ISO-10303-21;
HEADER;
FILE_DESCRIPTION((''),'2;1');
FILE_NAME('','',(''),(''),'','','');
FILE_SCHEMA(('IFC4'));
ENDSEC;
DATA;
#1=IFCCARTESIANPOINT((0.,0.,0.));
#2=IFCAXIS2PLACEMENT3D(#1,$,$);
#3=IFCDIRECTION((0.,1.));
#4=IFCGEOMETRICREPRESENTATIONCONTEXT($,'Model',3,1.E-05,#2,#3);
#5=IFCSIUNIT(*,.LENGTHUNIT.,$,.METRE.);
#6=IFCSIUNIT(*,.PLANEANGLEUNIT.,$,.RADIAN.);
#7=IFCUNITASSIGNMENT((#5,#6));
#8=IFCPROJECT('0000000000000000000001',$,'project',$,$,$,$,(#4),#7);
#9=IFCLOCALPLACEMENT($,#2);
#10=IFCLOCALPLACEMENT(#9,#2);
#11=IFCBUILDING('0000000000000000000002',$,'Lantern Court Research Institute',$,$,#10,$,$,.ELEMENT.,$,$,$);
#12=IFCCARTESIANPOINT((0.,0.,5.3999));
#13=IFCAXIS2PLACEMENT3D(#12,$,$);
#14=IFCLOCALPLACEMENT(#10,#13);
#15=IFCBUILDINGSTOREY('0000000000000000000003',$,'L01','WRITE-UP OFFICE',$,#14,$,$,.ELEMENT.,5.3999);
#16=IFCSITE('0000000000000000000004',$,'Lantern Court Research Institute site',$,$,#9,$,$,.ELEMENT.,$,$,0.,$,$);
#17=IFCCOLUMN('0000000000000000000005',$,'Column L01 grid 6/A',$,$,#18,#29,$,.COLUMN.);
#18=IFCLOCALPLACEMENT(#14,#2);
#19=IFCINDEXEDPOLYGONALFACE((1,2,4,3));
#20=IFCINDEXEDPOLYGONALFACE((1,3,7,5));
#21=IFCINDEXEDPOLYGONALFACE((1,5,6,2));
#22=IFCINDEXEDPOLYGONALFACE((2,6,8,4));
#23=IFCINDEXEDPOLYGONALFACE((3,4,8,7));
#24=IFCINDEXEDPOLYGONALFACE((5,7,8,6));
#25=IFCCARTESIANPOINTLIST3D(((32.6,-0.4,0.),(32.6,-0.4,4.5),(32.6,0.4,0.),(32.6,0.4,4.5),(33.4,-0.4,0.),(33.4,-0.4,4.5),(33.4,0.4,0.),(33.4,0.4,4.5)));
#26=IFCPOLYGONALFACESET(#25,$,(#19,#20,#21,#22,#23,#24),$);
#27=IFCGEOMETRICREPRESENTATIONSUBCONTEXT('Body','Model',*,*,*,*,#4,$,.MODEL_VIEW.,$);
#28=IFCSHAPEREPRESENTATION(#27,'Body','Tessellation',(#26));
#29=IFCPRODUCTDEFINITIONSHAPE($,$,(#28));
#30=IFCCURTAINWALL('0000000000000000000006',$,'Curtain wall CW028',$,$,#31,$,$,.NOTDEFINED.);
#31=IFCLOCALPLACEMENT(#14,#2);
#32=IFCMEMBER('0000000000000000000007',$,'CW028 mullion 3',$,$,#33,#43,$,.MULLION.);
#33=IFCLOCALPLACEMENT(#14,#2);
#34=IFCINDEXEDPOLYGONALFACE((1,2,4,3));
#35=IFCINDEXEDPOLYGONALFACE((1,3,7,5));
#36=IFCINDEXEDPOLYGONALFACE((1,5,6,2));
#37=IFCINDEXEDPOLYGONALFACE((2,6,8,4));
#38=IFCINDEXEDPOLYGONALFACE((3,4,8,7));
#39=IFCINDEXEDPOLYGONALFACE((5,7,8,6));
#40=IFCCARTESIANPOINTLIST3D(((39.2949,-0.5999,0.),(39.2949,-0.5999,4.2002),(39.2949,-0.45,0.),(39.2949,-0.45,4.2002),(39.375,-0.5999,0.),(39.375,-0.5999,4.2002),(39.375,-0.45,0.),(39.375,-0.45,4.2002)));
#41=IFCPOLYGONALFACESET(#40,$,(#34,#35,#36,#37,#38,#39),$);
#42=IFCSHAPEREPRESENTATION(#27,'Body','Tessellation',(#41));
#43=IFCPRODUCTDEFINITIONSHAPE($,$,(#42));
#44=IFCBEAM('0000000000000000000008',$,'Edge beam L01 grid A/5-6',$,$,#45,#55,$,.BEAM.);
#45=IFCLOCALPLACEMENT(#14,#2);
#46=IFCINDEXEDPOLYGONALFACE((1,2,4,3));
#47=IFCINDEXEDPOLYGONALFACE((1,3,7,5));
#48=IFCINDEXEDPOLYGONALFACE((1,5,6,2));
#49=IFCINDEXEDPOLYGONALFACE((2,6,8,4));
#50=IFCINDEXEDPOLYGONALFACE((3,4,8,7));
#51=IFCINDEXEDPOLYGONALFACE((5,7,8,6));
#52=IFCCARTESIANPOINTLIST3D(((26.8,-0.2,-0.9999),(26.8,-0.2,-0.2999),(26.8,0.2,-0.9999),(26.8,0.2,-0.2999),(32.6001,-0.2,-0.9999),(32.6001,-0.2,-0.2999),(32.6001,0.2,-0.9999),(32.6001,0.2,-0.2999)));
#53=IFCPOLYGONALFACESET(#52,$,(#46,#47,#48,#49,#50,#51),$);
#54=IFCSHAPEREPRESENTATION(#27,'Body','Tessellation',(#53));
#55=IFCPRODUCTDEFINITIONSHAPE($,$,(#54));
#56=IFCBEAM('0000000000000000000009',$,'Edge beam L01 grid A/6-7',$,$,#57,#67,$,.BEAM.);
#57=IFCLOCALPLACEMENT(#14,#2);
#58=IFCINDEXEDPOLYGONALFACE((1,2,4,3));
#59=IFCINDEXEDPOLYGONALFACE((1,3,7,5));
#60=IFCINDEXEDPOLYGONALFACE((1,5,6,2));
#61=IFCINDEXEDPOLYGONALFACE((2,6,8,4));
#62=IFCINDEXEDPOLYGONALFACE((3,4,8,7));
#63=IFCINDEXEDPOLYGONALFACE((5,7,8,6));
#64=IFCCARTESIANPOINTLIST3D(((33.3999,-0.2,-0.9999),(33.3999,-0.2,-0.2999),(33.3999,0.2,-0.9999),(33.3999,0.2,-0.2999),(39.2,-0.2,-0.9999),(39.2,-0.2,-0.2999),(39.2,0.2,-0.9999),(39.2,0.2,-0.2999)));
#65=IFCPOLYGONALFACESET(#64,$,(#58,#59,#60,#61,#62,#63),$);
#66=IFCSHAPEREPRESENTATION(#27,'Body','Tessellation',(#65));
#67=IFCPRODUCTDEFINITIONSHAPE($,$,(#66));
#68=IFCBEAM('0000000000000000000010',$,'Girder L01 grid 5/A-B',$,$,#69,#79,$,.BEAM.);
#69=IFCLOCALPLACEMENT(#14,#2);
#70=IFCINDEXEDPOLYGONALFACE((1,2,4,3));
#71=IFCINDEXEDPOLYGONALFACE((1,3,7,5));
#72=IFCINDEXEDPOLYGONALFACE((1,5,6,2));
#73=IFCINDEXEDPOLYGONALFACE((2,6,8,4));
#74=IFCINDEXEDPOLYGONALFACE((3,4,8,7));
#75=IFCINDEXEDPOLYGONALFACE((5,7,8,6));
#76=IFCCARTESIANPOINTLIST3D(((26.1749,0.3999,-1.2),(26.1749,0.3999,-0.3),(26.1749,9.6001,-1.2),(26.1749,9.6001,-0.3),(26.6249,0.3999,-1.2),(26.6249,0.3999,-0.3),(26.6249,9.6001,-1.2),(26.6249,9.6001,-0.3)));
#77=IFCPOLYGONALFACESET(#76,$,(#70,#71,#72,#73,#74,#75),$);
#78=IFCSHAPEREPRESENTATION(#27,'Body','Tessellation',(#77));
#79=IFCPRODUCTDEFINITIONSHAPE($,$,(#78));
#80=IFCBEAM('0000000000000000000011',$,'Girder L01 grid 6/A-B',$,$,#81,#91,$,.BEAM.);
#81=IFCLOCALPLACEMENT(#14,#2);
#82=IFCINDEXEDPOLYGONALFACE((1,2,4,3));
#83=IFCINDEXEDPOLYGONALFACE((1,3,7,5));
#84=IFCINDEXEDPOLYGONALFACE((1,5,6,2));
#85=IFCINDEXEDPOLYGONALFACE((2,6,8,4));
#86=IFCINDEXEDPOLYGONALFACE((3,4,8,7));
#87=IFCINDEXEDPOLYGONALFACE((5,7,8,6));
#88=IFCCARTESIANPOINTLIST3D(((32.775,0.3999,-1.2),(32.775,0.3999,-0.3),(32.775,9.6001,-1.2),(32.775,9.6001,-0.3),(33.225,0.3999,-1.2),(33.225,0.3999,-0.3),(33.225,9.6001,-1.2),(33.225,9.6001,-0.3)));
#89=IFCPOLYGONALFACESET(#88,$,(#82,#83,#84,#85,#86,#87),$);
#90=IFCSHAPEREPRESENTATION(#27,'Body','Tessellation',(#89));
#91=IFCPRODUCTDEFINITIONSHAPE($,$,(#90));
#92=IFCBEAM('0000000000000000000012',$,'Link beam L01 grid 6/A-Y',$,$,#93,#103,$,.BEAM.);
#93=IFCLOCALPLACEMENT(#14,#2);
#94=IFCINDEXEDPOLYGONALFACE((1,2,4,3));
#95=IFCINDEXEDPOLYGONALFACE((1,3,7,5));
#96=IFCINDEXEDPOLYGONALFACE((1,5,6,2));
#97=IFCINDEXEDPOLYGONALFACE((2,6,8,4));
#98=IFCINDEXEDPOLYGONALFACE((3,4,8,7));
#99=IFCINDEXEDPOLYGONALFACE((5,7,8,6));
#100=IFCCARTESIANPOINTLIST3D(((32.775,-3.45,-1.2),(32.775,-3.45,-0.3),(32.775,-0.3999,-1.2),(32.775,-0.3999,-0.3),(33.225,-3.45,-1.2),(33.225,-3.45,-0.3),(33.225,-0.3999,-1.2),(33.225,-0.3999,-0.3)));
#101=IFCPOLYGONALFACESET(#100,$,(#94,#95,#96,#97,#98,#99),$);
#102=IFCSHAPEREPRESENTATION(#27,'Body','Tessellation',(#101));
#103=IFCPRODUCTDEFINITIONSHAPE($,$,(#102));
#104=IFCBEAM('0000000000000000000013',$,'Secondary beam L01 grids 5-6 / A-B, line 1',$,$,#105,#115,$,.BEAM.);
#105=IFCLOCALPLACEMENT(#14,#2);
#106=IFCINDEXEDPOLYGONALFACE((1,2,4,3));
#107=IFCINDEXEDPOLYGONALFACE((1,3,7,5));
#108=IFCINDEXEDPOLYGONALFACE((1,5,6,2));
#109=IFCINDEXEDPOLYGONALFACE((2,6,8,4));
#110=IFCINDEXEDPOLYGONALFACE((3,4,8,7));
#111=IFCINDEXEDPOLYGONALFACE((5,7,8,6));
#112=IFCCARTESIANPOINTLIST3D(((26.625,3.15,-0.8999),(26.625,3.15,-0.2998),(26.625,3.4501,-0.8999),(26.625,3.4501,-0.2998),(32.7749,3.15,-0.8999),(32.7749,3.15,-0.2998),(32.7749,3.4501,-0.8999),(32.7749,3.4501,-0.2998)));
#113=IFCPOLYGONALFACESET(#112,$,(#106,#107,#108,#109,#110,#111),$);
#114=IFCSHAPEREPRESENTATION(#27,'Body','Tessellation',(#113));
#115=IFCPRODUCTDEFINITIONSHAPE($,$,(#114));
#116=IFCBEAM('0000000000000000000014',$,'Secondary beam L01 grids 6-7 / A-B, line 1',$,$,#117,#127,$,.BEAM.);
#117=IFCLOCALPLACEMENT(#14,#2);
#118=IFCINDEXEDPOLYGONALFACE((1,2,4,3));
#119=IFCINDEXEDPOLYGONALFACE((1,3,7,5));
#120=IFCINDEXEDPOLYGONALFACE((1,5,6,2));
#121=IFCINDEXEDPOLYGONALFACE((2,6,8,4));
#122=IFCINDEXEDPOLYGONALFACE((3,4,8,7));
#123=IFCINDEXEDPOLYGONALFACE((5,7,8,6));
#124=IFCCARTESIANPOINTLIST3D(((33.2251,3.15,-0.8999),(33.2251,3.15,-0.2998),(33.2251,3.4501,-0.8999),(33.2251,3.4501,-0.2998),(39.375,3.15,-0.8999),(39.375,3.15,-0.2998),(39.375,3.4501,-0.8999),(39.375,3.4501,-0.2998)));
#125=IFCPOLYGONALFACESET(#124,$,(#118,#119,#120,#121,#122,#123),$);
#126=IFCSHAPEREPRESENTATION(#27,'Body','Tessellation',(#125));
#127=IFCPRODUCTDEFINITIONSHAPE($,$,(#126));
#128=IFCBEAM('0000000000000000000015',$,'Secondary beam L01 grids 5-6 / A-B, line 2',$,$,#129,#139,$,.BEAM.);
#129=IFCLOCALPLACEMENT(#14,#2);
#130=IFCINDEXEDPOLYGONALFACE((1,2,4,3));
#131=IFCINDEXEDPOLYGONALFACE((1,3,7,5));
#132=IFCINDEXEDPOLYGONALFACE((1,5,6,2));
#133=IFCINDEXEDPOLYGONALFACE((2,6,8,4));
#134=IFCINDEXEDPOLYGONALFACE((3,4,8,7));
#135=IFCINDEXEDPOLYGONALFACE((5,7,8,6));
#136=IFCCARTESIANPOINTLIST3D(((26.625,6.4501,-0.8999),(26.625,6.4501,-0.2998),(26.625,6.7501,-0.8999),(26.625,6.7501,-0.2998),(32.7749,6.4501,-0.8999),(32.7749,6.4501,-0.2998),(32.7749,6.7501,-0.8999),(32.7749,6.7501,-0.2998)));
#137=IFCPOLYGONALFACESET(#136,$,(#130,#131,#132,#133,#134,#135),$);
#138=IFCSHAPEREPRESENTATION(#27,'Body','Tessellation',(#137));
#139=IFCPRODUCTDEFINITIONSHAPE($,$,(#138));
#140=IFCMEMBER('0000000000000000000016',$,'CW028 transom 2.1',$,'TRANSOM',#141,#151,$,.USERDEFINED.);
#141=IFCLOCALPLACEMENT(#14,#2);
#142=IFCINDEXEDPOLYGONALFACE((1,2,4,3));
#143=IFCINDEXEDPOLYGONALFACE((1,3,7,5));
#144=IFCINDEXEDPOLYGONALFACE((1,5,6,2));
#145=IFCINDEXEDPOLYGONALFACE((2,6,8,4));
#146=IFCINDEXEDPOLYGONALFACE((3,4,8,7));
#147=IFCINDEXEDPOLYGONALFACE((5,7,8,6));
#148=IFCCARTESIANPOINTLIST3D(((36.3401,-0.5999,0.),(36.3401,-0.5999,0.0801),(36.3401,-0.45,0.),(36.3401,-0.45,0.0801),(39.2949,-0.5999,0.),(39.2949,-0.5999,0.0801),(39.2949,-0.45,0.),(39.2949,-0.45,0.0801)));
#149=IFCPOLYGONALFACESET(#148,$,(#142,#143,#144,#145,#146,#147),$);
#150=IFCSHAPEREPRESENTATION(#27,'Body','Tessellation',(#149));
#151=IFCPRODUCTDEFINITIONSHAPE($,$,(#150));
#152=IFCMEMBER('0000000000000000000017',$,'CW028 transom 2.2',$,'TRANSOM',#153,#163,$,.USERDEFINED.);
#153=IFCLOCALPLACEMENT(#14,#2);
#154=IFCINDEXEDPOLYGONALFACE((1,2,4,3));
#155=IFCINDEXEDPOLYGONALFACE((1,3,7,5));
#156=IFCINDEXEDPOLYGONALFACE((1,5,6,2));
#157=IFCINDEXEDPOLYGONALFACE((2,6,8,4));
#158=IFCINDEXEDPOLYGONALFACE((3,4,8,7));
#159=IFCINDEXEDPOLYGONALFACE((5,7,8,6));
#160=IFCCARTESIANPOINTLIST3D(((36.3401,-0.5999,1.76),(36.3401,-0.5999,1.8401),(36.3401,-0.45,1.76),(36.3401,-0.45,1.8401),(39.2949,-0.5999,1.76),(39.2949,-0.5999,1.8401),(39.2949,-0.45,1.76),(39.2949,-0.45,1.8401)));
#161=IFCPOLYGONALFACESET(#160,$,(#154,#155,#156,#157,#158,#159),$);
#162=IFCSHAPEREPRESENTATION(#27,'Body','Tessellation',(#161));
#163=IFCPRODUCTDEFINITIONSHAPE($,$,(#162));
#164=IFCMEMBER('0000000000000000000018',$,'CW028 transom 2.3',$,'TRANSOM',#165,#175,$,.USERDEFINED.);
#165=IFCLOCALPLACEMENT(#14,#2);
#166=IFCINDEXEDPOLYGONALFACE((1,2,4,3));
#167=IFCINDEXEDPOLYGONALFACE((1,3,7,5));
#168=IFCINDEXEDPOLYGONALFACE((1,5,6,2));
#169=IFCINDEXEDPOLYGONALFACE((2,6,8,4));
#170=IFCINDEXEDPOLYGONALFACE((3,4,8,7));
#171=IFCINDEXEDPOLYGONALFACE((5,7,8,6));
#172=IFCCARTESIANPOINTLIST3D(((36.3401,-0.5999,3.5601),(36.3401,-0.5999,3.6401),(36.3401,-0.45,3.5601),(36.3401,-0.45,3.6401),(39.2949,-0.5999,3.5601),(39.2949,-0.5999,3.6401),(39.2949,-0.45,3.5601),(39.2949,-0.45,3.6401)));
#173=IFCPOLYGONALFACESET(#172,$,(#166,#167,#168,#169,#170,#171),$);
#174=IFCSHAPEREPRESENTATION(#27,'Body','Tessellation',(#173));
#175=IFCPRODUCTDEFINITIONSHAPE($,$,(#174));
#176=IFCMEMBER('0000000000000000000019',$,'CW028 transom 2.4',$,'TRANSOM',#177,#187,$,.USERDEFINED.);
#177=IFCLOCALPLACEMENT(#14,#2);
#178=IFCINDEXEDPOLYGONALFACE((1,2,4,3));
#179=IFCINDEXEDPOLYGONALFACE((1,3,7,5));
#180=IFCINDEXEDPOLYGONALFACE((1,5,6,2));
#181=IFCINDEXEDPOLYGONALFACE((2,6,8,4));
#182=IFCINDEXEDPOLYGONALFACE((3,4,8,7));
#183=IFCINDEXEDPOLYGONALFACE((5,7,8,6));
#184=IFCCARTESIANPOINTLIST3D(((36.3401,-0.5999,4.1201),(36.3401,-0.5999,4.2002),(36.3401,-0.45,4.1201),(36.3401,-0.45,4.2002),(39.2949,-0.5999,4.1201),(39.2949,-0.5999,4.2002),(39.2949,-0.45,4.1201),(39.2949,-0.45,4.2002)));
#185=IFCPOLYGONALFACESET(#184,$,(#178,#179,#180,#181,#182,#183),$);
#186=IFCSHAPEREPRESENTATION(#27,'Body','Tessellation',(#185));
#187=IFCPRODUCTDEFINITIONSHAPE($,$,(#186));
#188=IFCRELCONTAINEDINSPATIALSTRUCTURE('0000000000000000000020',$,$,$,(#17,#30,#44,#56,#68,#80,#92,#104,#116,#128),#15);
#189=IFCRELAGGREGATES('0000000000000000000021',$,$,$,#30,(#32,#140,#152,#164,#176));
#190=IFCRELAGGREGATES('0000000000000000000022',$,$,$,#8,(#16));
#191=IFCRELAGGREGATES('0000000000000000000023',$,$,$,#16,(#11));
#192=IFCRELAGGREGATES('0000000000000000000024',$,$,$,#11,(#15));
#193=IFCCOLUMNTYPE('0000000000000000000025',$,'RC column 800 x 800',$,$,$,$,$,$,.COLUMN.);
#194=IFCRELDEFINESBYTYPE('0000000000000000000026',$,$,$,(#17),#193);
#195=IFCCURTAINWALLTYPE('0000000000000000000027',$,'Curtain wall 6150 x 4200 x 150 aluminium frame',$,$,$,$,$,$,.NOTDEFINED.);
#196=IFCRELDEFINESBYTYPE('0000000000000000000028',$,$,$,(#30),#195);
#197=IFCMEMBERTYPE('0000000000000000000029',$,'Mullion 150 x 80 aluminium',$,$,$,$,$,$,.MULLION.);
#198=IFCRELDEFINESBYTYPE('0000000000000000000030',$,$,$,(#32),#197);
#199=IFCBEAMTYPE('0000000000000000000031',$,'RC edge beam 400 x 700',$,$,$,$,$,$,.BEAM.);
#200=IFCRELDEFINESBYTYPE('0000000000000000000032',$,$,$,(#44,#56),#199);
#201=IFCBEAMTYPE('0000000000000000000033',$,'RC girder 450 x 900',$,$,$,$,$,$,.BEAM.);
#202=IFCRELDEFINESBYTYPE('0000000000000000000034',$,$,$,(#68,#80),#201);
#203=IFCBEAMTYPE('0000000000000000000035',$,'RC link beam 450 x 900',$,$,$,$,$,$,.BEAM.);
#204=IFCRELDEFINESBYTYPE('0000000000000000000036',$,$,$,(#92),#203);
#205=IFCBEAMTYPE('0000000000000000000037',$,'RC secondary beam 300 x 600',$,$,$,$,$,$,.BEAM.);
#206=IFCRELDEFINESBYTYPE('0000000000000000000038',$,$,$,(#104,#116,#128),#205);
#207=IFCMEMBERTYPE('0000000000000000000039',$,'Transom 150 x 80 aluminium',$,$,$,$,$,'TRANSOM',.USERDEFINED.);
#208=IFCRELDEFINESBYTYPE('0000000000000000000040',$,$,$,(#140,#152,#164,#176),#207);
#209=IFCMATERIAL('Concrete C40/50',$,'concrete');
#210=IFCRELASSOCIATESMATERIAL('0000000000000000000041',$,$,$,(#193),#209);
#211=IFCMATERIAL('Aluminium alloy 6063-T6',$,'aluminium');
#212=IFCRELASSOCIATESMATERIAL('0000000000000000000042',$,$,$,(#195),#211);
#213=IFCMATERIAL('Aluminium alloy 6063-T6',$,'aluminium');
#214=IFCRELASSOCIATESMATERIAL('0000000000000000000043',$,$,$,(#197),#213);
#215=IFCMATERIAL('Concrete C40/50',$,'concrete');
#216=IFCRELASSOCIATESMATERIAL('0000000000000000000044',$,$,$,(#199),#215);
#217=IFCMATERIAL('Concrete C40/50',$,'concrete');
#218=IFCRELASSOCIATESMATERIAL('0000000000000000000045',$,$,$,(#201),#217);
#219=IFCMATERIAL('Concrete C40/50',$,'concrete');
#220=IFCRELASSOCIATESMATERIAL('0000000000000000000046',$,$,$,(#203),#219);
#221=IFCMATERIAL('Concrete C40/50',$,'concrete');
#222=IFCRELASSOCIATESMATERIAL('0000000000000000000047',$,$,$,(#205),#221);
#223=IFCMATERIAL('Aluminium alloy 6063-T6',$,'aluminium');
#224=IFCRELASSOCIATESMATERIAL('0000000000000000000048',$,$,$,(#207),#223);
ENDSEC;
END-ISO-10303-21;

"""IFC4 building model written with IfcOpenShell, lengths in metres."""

from ifc_helpers import new_model, si_unit, direction, frame, origin, origin_2d, place, context, subcontext, project, spatial, rectangle, extrude, material, material_profile, profile_set, type_object, element, aggregate, save


model = new_model("IFC4")

# Units and contexts
model_context = context("Model", 3, precision=1e-05, world=origin(), true_north=direction((0.0, 1.0)))
body_context = subcontext(model_context, "Body", "Model", "MODEL_VIEW")
ifc_project = project(units=[si_unit("LENGTHUNIT", "METRE"), si_unit("PLANEANGLEUNIT", "RADIAN")], contexts=[model_context])

# Site, building, storey
site_placement = place(None, origin())
site = spatial("IfcSite", under=ifc_project, at=site_placement, Name="Lantern Court Research Institute site", CompositionType="ELEMENT", RefElevation=0.0)
building_placement = place(site_placement, origin())
building = spatial("IfcBuilding", under=site, at=building_placement, Name="Lantern Court Research Institute", CompositionType="ELEMENT")
storey_placement = place(building_placement, frame((0.0, 0.0, 5.3999)))
storey = spatial("IfcBuildingStorey", under=building, at=storey_placement, Name="L01", Description="WRITE-UP OFFICE", CompositionType="ELEMENT", Elevation=5.3999)

# Column
ifc_material_1 = material(Name="Concrete C40/50", Category="concrete")
ifc_material_profile_1 = material_profile(ifc_material_1, rectangle(XDim=0.8, YDim=0.8, at=origin_2d()), Name="RC column 800 x 800")
ifc_profile_set_1 = profile_set([ifc_material_profile_1], Name="Concrete C40/50")
column_type = type_object("IfcColumnType", Name="RC column 800 x 800", PredefinedType="COLUMN", material=ifc_profile_set_1)
column_placement = place(storey_placement, frame((33.0, 0.0, 0.0), z_axis=(0.0, 0.0, 1.0), x_axis=(1.0, 0.0, 0.0)))
element("IfcColumn", 1, at=column_placement, inside=storey, type_object=column_type, Name="Column L01 grid 6/A", PredefinedType="COLUMN", context=body_context, shape_type="SweptSolid", body=[
    extrude(rectangle(XDim=0.8, YDim=0.8, at=origin_2d()), origin(), (0.0, 0.0, 1.0), 4.5),
])

# Curtain wall, member
ifc_material_2 = material(Name="Aluminium alloy 6063-T6", Category="aluminium")
curtain_wall_type = type_object("IfcCurtainWallType", Name="Curtain wall 6150 x 4200 x 150 aluminium frame", PredefinedType="NOTDEFINED", material=ifc_material_2)
curtain_wall_placement = place(storey_placement, origin())
curtain_wall = element("IfcCurtainWall", 2, at=curtain_wall_placement, inside=storey, type_object=curtain_wall_type, Name="Curtain wall CW028", PredefinedType="NOTDEFINED")
ifc_material_3 = material(Name="Aluminium alloy 6063-T6", Category="aluminium")
ifc_material_profile_2 = material_profile(ifc_material_3, rectangle(XDim=0.1499, YDim=0.0801, at=origin_2d()), Name="Mullion 150 x 80")
ifc_profile_set_2 = profile_set([ifc_material_profile_2], Name="Aluminium alloy 6063-T6")
member_type_1 = type_object("IfcMemberType", Name="Mullion 150 x 80 aluminium", PredefinedType="MULLION", material=ifc_profile_set_2)
member_1_placement = place(storey_placement, frame((39.335, -0.5249, 0.0), z_axis=(0.0, 0.0, 1.0), x_axis=(0.0, -1.0, 0.0)))
member_1 = element("IfcMember", 3, at=member_1_placement, type_object=member_type_1, Name="CW028 mullion 3", PredefinedType="MULLION", context=body_context, shape_type="SweptSolid", body=[
    extrude(rectangle(XDim=0.1499, YDim=0.0801, at=origin_2d()), origin(), (0.0, 0.0, 1.0), 4.2002),
])

# Beams
ifc_material_4 = material(Name="Concrete C40/50", Category="concrete")
ifc_material_profile_3 = material_profile(ifc_material_4, rectangle(XDim=0.3999, YDim=0.7, at=origin_2d()), Name="RC beam 400 x 700")
ifc_profile_set_3 = profile_set([ifc_material_profile_3], Name="Concrete C40/50")
beam_type_1 = type_object("IfcBeamType", Name="RC edge beam 400 x 700", PredefinedType="BEAM", material=ifc_profile_set_3)
for number, where, z_axis, x_axis, name in (
    (4, (26.8, 0.0, -0.6499), (1.0, 0.0, 0.0), (0.0, 1.0, 0.0), "Edge beam L01 grid A/5-6"),
    (5, (33.3999, 0.0, -0.6499), (1.0, 0.0, 0.0), (0.0, 1.0, 0.0), "Edge beam L01 grid A/6-7"),
):
    element("IfcBeam", number, at=place(storey_placement, frame(where, z_axis=z_axis, x_axis=x_axis)), inside=storey, type_object=beam_type_1, Name=name, PredefinedType="BEAM", context=body_context, shape_type="SweptSolid", body=[
        extrude(rectangle(XDim=0.3999, YDim=0.7, at=origin_2d()), origin(), (0.0, 0.0, 1.0), 5.8),
    ])
ifc_material_5 = material(Name="Concrete C40/50", Category="concrete")
ifc_material_profile_4 = material_profile(ifc_material_5, rectangle(XDim=0.45, YDim=0.8999, at=origin_2d()), Name="RC beam 450 x 900")
ifc_profile_set_4 = profile_set([ifc_material_profile_4], Name="Concrete C40/50")
beam_type_2 = type_object("IfcBeamType", Name="RC girder 450 x 900", PredefinedType="BEAM", material=ifc_profile_set_4)
for number, where, z_axis, x_axis, name in (
    (6, (26.3999, 0.3999, -0.75), (0.0, 1.0, 0.0), (-1.0, 0.0, 0.0), "Girder L01 grid 5/A-B"),
    (7, (33.0, 0.3999, -0.75), (0.0, 1.0, 0.0), (-1.0, 0.0, 0.0), "Girder L01 grid 6/A-B"),
):
    element("IfcBeam", number, at=place(storey_placement, frame(where, z_axis=z_axis, x_axis=x_axis)), inside=storey, type_object=beam_type_2, Name=name, PredefinedType="BEAM", context=body_context, shape_type="SweptSolid", body=[
        extrude(rectangle(XDim=0.45, YDim=0.8999, at=origin_2d()), origin(), (0.0, 0.0, 1.0), 9.2002),
    ])
ifc_material_6 = material(Name="Concrete C40/50", Category="concrete")
ifc_material_profile_5 = material_profile(ifc_material_6, rectangle(XDim=0.45, YDim=0.8999, at=origin_2d()), Name="RC beam 450 x 900")
ifc_profile_set_5 = profile_set([ifc_material_profile_5], Name="Concrete C40/50")
beam_type_3 = type_object("IfcBeamType", Name="RC link beam 450 x 900", PredefinedType="BEAM", material=ifc_profile_set_5)
beam_placement = place(storey_placement, frame((33.0, -0.3999, -0.75), z_axis=(0.0, -1.0, 0.0), x_axis=(1.0, 0.0, 0.0)))
element("IfcBeam", 8, at=beam_placement, inside=storey, type_object=beam_type_3, Name="Link beam L01 grid 6/A-Y", PredefinedType="BEAM", context=body_context, shape_type="SweptSolid", body=[
    extrude(rectangle(XDim=0.45, YDim=0.8999, at=origin_2d()), origin(), (0.0, 0.0, 1.0), 3.05),
])
ifc_material_7 = material(Name="Concrete C40/50", Category="concrete")
ifc_material_profile_6 = material_profile(ifc_material_7, rectangle(XDim=0.3, YDim=0.6001, at=origin_2d()), Name="RC beam 300 x 600")
ifc_profile_set_6 = profile_set([ifc_material_profile_6], Name="Concrete C40/50")
beam_type_4 = type_object("IfcBeamType", Name="RC secondary beam 300 x 600", PredefinedType="BEAM", material=ifc_profile_set_6)
for number, where, z_axis, x_axis, name in (
    (9, (26.625, 3.3, -0.5999), (1.0, 0.0, 0.0), (0.0, 1.0, 0.0), "Secondary beam L01 grids 5-6 / A-B, line 1"),
    (10, (33.2251, 3.3, -0.5999), (1.0, 0.0, 0.0), (0.0, 1.0, 0.0), "Secondary beam L01 grids 6-7 / A-B, line 1"),
    (11, (26.625, 6.6001, -0.5999), (1.0, 0.0, 0.0), (0.0, 1.0, 0.0), "Secondary beam L01 grids 5-6 / A-B, line 2"),
):
    element("IfcBeam", number, at=place(storey_placement, frame(where, z_axis=z_axis, x_axis=x_axis)), inside=storey, type_object=beam_type_4, Name=name, PredefinedType="BEAM", context=body_context, shape_type="SweptSolid", body=[
        extrude(rectangle(XDim=0.3, YDim=0.6001, at=origin_2d()), origin(), (0.0, 0.0, 1.0), 6.1499),
    ])

# Members
ifc_material_8 = material(Name="Aluminium alloy 6063-T6", Category="aluminium")
ifc_material_profile_7 = material_profile(ifc_material_8, rectangle(XDim=0.1499, YDim=0.0801, at=origin_2d()), Name="Transom 150 x 80")
ifc_profile_set_7 = profile_set([ifc_material_profile_7], Name="Aluminium alloy 6063-T6")
member_type_2 = type_object("IfcMemberType", Name="Transom 150 x 80 aluminium", ElementType="TRANSOM", PredefinedType="USERDEFINED", material=ifc_profile_set_7)
member_2_placement = place(storey_placement, frame((39.2949, -0.5249, 0.04), z_axis=(-1.0, 0.0, 0.0), x_axis=(0.0, -1.0, 0.0)))
member_2 = element("IfcMember", 12, at=member_2_placement, type_object=member_type_2, Name="CW028 transom 2.1", ObjectType="TRANSOM", PredefinedType="USERDEFINED", context=body_context, shape_type="SweptSolid", body=[
    extrude(rectangle(XDim=0.1499, YDim=0.0801, at=origin_2d()), origin(), (0.0, 0.0, 1.0), 2.9548),
])
member_3_placement = place(storey_placement, frame((39.2949, -0.5249, 1.8), z_axis=(-1.0, 0.0, 0.0), x_axis=(0.0, -1.0, 0.0)))
member_3 = element("IfcMember", 13, at=member_3_placement, type_object=member_type_2, Name="CW028 transom 2.2", ObjectType="TRANSOM", PredefinedType="USERDEFINED", context=body_context, shape_type="SweptSolid", body=[
    extrude(rectangle(XDim=0.1499, YDim=0.0801, at=origin_2d()), origin(), (0.0, 0.0, 1.0), 2.9548),
])
member_4_placement = place(storey_placement, frame((39.2949, -0.5249, 3.6001), z_axis=(-1.0, 0.0, 0.0), x_axis=(0.0, -1.0, 0.0)))
member_4 = element("IfcMember", 14, at=member_4_placement, type_object=member_type_2, Name="CW028 transom 2.3", ObjectType="TRANSOM", PredefinedType="USERDEFINED", context=body_context, shape_type="SweptSolid", body=[
    extrude(rectangle(XDim=0.1499, YDim=0.0801, at=origin_2d()), origin(), (0.0, 0.0, 1.0), 2.9548),
])
member_5_placement = place(storey_placement, frame((39.2949, -0.5249, 4.1602), z_axis=(-1.0, 0.0, 0.0), x_axis=(0.0, -1.0, 0.0)))
member_5 = element("IfcMember", 15, at=member_5_placement, type_object=member_type_2, Name="CW028 transom 2.4", ObjectType="TRANSOM", PredefinedType="USERDEFINED", context=body_context, shape_type="SweptSolid", body=[
    extrude(rectangle(XDim=0.1499, YDim=0.0801, at=origin_2d()), origin(), (0.0, 0.0, 1.0), 2.9548),
])

aggregate(curtain_wall, [member_1, member_2, member_3, member_4, member_5])

save(model, "model.ifc")
